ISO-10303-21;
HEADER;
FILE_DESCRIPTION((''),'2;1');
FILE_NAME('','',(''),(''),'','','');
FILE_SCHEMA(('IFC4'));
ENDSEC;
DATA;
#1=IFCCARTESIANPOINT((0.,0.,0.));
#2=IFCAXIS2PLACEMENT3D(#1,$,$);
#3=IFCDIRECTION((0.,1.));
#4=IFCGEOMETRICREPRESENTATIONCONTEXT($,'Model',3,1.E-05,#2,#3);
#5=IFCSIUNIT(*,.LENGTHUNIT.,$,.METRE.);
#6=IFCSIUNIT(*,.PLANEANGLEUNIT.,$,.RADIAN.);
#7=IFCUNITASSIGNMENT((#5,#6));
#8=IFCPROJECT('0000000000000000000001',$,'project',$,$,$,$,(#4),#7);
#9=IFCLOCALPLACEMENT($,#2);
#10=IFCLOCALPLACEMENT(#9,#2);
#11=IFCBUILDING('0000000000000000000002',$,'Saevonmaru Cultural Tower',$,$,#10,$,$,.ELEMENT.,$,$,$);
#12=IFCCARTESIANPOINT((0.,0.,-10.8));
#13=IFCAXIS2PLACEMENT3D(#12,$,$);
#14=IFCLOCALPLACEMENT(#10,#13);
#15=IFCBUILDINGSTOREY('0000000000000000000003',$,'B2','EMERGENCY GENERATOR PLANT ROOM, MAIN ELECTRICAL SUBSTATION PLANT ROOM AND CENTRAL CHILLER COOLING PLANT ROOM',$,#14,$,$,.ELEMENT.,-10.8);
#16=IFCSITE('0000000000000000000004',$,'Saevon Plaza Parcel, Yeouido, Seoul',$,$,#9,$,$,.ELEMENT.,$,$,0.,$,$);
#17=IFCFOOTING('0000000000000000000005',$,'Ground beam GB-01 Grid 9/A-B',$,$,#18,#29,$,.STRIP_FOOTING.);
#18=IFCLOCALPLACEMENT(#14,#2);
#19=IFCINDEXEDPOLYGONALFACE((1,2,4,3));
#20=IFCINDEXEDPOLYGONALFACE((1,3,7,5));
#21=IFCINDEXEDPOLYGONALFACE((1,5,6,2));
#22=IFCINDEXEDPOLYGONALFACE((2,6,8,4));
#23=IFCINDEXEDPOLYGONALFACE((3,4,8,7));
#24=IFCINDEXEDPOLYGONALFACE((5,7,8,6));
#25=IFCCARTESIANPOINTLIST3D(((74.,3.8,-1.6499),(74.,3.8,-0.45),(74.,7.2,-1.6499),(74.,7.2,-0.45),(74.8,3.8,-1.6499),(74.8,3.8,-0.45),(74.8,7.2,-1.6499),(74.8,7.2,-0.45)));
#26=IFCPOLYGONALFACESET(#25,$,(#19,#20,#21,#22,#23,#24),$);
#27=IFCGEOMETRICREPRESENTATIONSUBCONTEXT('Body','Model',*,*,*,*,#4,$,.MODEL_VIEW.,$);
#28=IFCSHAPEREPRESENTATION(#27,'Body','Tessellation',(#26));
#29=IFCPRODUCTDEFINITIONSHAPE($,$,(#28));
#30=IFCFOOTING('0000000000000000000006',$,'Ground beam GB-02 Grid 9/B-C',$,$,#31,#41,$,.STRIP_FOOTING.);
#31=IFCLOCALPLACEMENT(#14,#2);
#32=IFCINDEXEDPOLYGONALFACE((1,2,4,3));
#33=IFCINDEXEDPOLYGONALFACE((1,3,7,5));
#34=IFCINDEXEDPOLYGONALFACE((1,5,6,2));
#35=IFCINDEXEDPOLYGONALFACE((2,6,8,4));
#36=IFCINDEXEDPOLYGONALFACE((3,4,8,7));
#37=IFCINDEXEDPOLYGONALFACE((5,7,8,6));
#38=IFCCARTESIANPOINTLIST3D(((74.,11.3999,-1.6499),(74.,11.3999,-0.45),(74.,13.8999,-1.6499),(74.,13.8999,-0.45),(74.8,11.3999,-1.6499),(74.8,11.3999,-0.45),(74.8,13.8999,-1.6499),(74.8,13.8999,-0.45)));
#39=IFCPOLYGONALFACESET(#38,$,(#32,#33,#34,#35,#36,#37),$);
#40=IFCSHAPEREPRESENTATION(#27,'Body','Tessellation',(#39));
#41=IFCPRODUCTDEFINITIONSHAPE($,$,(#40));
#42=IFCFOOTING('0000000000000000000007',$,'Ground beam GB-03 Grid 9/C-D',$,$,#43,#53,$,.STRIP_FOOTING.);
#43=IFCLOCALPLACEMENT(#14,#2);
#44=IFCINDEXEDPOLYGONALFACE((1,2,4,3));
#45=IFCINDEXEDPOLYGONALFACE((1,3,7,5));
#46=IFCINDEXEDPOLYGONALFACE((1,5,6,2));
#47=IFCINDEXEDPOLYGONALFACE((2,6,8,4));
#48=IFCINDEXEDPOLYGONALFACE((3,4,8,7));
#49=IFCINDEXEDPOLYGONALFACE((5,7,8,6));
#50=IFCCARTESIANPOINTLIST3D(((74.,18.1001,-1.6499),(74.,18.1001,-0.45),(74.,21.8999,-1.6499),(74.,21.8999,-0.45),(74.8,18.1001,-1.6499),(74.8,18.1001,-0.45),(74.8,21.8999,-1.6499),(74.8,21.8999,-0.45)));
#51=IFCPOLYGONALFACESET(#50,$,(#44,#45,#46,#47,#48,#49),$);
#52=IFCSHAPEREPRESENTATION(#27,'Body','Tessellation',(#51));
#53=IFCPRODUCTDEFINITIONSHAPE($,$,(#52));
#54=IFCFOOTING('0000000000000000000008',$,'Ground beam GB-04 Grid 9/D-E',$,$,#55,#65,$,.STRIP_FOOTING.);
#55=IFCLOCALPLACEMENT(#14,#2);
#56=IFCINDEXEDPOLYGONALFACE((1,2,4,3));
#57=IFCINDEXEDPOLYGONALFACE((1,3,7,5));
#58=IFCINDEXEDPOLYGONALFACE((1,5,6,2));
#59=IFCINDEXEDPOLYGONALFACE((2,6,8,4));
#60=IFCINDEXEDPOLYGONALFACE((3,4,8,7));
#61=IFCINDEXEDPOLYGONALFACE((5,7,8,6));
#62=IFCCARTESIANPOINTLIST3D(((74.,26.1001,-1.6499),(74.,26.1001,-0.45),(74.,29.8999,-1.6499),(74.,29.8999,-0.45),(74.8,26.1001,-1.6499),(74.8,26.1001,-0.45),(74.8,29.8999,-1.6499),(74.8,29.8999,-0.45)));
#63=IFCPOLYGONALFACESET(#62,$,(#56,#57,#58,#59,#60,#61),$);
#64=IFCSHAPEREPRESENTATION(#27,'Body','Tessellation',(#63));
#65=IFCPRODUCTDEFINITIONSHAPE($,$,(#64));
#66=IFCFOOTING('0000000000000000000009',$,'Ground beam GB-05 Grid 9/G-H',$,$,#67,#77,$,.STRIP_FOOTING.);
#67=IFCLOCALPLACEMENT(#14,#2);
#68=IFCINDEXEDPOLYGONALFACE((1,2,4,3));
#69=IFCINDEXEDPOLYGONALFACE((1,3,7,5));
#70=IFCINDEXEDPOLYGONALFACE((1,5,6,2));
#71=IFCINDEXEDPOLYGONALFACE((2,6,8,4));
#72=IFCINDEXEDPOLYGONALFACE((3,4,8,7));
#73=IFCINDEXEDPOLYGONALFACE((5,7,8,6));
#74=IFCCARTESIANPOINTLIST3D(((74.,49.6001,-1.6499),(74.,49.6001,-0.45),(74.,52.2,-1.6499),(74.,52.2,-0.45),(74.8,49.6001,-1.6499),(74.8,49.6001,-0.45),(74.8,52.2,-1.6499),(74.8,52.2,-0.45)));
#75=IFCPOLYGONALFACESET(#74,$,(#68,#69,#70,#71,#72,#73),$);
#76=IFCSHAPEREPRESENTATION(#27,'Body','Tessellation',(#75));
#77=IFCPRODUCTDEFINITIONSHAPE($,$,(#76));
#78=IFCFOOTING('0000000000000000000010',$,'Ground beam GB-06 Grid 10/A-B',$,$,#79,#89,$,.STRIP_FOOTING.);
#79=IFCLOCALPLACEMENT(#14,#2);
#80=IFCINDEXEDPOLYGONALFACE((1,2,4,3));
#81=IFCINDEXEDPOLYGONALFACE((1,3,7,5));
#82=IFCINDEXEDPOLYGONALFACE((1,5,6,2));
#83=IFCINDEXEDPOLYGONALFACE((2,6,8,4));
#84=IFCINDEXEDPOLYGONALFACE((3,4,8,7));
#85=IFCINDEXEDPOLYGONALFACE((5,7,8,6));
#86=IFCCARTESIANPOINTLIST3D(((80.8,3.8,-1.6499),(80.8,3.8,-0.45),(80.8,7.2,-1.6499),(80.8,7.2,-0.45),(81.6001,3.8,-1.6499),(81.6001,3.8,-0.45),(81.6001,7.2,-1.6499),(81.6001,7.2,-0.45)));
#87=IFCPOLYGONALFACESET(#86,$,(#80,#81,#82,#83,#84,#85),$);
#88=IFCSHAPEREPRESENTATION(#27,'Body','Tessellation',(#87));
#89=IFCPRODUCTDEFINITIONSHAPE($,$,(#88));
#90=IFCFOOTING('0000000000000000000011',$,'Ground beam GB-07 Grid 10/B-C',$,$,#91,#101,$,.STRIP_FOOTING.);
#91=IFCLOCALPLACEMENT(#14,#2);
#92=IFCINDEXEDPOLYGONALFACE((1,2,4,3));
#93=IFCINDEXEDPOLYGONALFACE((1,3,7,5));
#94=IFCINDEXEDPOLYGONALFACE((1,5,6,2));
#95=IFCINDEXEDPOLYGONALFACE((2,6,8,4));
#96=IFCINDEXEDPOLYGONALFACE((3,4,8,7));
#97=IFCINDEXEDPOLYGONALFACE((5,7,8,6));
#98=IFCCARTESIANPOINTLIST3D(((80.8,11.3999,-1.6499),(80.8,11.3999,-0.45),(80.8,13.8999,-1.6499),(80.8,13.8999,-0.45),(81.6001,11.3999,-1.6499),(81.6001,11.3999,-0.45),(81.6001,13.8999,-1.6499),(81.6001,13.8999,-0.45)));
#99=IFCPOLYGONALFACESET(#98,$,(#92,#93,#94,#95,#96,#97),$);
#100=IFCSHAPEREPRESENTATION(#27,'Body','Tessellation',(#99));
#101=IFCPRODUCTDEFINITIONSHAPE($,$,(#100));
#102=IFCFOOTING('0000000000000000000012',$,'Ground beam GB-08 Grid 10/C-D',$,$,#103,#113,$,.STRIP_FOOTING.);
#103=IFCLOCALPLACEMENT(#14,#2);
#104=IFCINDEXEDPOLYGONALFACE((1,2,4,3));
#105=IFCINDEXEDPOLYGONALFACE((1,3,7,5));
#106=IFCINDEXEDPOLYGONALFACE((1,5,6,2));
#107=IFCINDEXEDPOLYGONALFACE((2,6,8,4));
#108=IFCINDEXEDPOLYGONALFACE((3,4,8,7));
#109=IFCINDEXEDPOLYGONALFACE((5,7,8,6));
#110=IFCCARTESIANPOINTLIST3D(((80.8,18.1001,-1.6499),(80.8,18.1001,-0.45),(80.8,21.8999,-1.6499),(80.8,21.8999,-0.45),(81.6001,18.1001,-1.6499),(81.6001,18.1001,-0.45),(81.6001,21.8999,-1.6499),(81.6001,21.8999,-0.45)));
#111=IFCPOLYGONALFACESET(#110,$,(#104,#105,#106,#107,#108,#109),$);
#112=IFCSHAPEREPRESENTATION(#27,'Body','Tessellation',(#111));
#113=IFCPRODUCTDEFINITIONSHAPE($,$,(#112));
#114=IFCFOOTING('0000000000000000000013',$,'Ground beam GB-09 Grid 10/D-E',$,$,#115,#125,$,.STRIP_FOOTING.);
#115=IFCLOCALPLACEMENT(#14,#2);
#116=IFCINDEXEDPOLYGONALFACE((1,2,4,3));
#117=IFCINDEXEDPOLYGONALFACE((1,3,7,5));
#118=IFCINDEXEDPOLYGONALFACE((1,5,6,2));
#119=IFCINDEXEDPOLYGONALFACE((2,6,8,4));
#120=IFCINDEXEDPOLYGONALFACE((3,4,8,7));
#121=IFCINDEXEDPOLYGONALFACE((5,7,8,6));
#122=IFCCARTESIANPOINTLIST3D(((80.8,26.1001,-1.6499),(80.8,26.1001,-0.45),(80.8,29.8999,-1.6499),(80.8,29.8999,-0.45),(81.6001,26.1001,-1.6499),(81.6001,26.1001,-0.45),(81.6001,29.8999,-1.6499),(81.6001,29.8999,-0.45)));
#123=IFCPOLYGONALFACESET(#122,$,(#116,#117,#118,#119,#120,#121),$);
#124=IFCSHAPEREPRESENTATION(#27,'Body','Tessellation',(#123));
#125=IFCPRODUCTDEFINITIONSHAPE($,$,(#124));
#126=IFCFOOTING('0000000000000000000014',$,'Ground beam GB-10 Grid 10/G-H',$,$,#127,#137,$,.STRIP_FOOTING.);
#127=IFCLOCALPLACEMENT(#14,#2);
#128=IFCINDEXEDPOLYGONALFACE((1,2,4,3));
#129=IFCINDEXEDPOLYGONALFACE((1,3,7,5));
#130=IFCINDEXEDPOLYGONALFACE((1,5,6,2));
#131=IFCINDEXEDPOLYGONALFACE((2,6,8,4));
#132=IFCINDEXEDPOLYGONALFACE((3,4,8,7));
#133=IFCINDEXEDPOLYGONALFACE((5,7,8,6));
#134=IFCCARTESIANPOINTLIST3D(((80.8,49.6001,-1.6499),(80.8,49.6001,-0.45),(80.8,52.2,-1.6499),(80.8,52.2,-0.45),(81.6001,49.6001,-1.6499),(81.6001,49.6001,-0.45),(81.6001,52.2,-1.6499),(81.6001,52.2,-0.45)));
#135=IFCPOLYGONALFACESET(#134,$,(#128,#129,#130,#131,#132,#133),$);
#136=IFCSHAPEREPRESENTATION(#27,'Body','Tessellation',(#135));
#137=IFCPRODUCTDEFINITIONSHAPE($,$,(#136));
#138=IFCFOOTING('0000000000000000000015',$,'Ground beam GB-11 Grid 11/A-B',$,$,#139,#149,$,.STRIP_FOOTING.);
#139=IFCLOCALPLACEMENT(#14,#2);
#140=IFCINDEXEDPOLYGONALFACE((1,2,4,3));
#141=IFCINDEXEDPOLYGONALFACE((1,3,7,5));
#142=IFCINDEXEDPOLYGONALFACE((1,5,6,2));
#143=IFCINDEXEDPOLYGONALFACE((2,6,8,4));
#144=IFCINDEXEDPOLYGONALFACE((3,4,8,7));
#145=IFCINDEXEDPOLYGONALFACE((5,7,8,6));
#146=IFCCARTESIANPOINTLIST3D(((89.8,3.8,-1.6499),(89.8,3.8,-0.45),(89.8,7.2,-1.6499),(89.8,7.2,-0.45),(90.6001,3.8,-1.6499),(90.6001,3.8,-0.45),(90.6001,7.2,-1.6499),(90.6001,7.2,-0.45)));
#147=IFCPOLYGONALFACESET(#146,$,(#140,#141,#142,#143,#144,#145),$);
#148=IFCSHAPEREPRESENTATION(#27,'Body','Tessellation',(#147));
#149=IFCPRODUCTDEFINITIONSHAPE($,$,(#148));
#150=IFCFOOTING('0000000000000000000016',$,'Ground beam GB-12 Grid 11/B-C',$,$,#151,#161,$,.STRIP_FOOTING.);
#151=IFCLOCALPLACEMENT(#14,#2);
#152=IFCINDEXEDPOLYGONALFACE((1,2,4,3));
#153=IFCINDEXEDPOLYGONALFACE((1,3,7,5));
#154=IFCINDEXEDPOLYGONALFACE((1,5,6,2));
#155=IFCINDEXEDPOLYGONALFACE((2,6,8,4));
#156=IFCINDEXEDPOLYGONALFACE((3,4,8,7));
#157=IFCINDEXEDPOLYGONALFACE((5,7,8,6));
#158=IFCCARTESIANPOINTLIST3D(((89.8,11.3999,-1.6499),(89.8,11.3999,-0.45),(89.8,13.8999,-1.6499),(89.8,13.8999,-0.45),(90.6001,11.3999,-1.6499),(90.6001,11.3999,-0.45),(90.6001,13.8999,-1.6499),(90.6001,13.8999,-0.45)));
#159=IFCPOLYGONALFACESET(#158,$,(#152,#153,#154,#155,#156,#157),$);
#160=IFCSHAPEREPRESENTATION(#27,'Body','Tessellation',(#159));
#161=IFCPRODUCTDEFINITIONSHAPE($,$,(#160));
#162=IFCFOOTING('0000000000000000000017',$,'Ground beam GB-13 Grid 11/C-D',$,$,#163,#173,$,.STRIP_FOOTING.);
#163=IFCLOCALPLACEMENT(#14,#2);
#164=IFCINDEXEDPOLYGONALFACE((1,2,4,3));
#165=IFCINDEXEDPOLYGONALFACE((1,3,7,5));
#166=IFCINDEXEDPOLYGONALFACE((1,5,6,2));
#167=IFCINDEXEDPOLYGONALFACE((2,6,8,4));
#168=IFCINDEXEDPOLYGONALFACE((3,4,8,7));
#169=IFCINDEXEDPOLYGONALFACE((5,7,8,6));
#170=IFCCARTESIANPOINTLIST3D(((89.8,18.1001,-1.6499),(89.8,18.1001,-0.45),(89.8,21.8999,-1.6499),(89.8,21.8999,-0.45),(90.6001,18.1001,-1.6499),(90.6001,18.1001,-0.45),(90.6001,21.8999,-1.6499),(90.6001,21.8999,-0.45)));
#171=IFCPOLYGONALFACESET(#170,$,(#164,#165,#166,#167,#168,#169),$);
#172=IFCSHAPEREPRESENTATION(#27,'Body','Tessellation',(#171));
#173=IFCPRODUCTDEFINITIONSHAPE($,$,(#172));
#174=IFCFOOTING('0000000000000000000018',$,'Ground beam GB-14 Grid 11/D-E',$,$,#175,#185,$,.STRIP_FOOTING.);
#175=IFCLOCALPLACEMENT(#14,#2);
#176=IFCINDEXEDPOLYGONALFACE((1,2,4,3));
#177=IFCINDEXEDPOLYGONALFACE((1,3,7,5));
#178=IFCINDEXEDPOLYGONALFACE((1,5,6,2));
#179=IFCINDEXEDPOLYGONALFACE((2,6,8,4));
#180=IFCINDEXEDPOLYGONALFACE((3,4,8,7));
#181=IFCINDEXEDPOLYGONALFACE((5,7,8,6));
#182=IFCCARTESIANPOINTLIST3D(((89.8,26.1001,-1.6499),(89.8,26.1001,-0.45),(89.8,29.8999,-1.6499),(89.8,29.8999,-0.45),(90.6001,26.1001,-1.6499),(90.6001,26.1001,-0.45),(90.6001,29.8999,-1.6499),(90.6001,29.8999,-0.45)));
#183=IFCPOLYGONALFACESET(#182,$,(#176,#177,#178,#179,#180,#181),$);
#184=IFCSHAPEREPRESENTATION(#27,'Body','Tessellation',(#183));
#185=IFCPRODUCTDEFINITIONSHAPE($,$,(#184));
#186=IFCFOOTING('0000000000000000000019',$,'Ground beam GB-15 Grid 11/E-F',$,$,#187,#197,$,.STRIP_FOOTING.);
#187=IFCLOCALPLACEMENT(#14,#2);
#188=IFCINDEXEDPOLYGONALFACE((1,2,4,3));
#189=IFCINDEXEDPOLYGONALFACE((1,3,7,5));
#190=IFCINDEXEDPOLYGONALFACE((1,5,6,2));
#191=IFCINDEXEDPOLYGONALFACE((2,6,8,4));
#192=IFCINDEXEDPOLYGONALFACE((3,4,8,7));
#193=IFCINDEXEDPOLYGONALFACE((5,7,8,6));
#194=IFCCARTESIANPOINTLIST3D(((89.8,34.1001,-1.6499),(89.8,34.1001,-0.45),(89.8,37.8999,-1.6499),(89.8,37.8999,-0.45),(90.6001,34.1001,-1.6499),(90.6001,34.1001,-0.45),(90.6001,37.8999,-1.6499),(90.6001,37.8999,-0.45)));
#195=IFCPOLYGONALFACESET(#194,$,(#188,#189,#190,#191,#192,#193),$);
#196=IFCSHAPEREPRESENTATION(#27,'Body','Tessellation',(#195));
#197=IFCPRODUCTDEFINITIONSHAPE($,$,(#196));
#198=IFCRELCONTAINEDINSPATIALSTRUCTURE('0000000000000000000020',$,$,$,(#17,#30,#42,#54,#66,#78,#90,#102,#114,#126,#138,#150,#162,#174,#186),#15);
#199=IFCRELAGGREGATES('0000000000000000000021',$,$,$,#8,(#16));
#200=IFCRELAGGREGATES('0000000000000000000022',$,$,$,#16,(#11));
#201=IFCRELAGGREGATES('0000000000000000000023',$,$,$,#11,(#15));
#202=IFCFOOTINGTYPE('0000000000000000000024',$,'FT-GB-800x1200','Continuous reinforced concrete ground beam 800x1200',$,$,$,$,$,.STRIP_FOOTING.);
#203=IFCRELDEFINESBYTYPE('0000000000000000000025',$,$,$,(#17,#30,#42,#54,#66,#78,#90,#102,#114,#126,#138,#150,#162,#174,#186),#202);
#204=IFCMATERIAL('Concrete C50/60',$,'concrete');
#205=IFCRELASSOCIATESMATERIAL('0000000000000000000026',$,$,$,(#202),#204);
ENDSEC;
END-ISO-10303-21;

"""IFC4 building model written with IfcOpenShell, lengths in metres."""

from ifc_helpers import new_model, si_unit, direction, frame, origin, place, context, subcontext, project, spatial, polyline, outline, extrude, material, type_object, element, save


model = new_model("IFC4")

# Units and contexts
model_context = context("Model", 3, precision=1e-05, world=origin(), true_north=direction((0.0, 1.0)))
body_context = subcontext(model_context, "Body", "Model", "MODEL_VIEW")
ifc_project = project(units=[si_unit("LENGTHUNIT", "METRE"), si_unit("PLANEANGLEUNIT", "RADIAN")], contexts=[model_context])

# Site, building, storey
site_placement = place(None, origin())
site = spatial("IfcSite", under=ifc_project, at=site_placement, Name="Saevon Plaza Parcel, Yeouido, Seoul", CompositionType="ELEMENT", RefElevation=0.0)
building_placement = place(site_placement, origin())
building = spatial("IfcBuilding", under=site, at=building_placement, Name="Saevonmaru Cultural Tower", CompositionType="ELEMENT")
storey_placement = place(building_placement, frame((0.0, 0.0, -10.8)))
storey = spatial("IfcBuildingStorey", under=building, at=storey_placement, Name="B2", Description="EMERGENCY GENERATOR PLANT ROOM, MAIN ELECTRICAL SUBSTATION PLANT ROOM AND CENTRAL CHILLER COOLING PLANT ROOM", CompositionType="ELEMENT", Elevation=-10.8)

# Footings
ifc_material = material(Name="Concrete C50/60", Category="concrete")
footing_type_1 = type_object("IfcFootingType", Name="FT-GB-800x1200", Description="Continuous reinforced concrete ground beam 800x1200", PredefinedType="STRIP_FOOTING", material=ifc_material)
footing_1_placement = place(storey_placement, frame((0.0, 0.0, -1.6499)))
element("IfcFooting", 1, at=footing_1_placement, inside=storey, type_object=footing_type_1, Name="Ground beam GB-01 Grid 9/A-B", PredefinedType="STRIP_FOOTING", context=body_context, shape_type="SweptSolid", body=[
    extrude(outline(polyline([(74.0, 3.8), (74.8, 3.8), (74.8, 7.2), (74.0, 7.2), (74.0, 3.8)])), origin(), (0.0, 0.0, 1.0), 1.2),
])
footing_2_placement = place(storey_placement, frame((0.0, 0.0, -1.6499)))
element("IfcFooting", 2, at=footing_2_placement, inside=storey, type_object=footing_type_1, Name="Ground beam GB-02 Grid 9/B-C", PredefinedType="STRIP_FOOTING", context=body_context, shape_type="SweptSolid", body=[
    extrude(outline(polyline([(74.0, 11.3999), (74.8, 11.3999), (74.8, 13.8999), (74.0, 13.8999), (74.0, 11.3999)])), origin(), (0.0, 0.0, 1.0), 1.2),
])
footing_3_placement = place(storey_placement, frame((0.0, 0.0, -1.6499)))
element("IfcFooting", 3, at=footing_3_placement, inside=storey, type_object=footing_type_1, Name="Ground beam GB-03 Grid 9/C-D", PredefinedType="STRIP_FOOTING", context=body_context, shape_type="SweptSolid", body=[
    extrude(outline(polyline([(74.0, 18.1001), (74.8, 18.1001), (74.8, 21.8999), (74.0, 21.8999), (74.0, 18.1001)])), origin(), (0.0, 0.0, 1.0), 1.2),
])
footing_4_placement = place(storey_placement, frame((0.0, 0.0, -1.6499)))
element("IfcFooting", 4, at=footing_4_placement, inside=storey, type_object=footing_type_1, Name="Ground beam GB-04 Grid 9/D-E", PredefinedType="STRIP_FOOTING", context=body_context, shape_type="SweptSolid", body=[
    extrude(outline(polyline([(74.0, 26.1001), (74.8, 26.1001), (74.8, 29.8999), (74.0, 29.8999), (74.0, 26.1001)])), origin(), (0.0, 0.0, 1.0), 1.2),
])
footing_5_placement = place(storey_placement, frame((0.0, 0.0, -1.6499)))
element("IfcFooting", 5, at=footing_5_placement, inside=storey, type_object=footing_type_1, Name="Ground beam GB-05 Grid 9/G-H", PredefinedType="STRIP_FOOTING", context=body_context, shape_type="SweptSolid", body=[
    extrude(outline(polyline([(74.0, 49.6001), (74.8, 49.6001), (74.8, 52.2), (74.0, 52.2), (74.0, 49.6001)])), origin(), (0.0, 0.0, 1.0), 1.2),
])
footing_6_placement = place(storey_placement, frame((0.0, 0.0, -1.6499)))
element("IfcFooting", 6, at=footing_6_placement, inside=storey, type_object=footing_type_1, Name="Ground beam GB-06 Grid 10/A-B", PredefinedType="STRIP_FOOTING", context=body_context, shape_type="SweptSolid", body=[
    extrude(outline(polyline([(80.8, 3.8), (81.6001, 3.8), (81.6001, 7.2), (80.8, 7.2), (80.8, 3.8)])), origin(), (0.0, 0.0, 1.0), 1.2),
])
footing_7_placement = place(storey_placement, frame((0.0, 0.0, -1.6499)))
element("IfcFooting", 7, at=footing_7_placement, inside=storey, type_object=footing_type_1, Name="Ground beam GB-07 Grid 10/B-C", PredefinedType="STRIP_FOOTING", context=body_context, shape_type="SweptSolid", body=[
    extrude(outline(polyline([(80.8, 11.3999), (81.6001, 11.3999), (81.6001, 13.8999), (80.8, 13.8999), (80.8, 11.3999)])), origin(), (0.0, 0.0, 1.0), 1.2),
])
footing_8_placement = place(storey_placement, frame((0.0, 0.0, -1.6499)))
element("IfcFooting", 8, at=footing_8_placement, inside=storey, type_object=footing_type_1, Name="Ground beam GB-08 Grid 10/C-D", PredefinedType="STRIP_FOOTING", context=body_context, shape_type="SweptSolid", body=[
    extrude(outline(polyline([(80.8, 18.1001), (81.6001, 18.1001), (81.6001, 21.8999), (80.8, 21.8999), (80.8, 18.1001)])), origin(), (0.0, 0.0, 1.0), 1.2),
])
footing_9_placement = place(storey_placement, frame((0.0, 0.0, -1.6499)))
element("IfcFooting", 9, at=footing_9_placement, inside=storey, type_object=footing_type_1, Name="Ground beam GB-09 Grid 10/D-E", PredefinedType="STRIP_FOOTING", context=body_context, shape_type="SweptSolid", body=[
    extrude(outline(polyline([(80.8, 26.1001), (81.6001, 26.1001), (81.6001, 29.8999), (80.8, 29.8999), (80.8, 26.1001)])), origin(), (0.0, 0.0, 1.0), 1.2),
])
footing_10_placement = place(storey_placement, frame((0.0, 0.0, -1.6499)))
element("IfcFooting", 10, at=footing_10_placement, inside=storey, type_object=footing_type_1, Name="Ground beam GB-10 Grid 10/G-H", PredefinedType="STRIP_FOOTING", context=body_context, shape_type="SweptSolid", body=[
    extrude(outline(polyline([(80.8, 49.6001), (81.6001, 49.6001), (81.6001, 52.2), (80.8, 52.2), (80.8, 49.6001)])), origin(), (0.0, 0.0, 1.0), 1.2),
])
footing_11_placement = place(storey_placement, frame((0.0, 0.0, -1.6499)))
element("IfcFooting", 11, at=footing_11_placement, inside=storey, type_object=footing_type_1, Name="Ground beam GB-11 Grid 11/A-B", PredefinedType="STRIP_FOOTING", context=body_context, shape_type="SweptSolid", body=[
    extrude(outline(polyline([(89.8, 3.8), (90.6001, 3.8), (90.6001, 7.2), (89.8, 7.2), (89.8, 3.8)])), origin(), (0.0, 0.0, 1.0), 1.2),
])
footing_12_placement = place(storey_placement, frame((0.0, 0.0, -1.6499)))
element("IfcFooting", 12, at=footing_12_placement, inside=storey, type_object=footing_type_1, Name="Ground beam GB-12 Grid 11/B-C", PredefinedType="STRIP_FOOTING", context=body_context, shape_type="SweptSolid", body=[
    extrude(outline(polyline([(89.8, 11.3999), (90.6001, 11.3999), (90.6001, 13.8999), (89.8, 13.8999), (89.8, 11.3999)])), origin(), (0.0, 0.0, 1.0), 1.2),
])
footing_13_placement = place(storey_placement, frame((0.0, 0.0, -1.6499)))
element("IfcFooting", 13, at=footing_13_placement, inside=storey, type_object=footing_type_1, Name="Ground beam GB-13 Grid 11/C-D", PredefinedType="STRIP_FOOTING", context=body_context, shape_type="SweptSolid", body=[
    extrude(outline(polyline([(89.8, 18.1001), (90.6001, 18.1001), (90.6001, 21.8999), (89.8, 21.8999), (89.8, 18.1001)])), origin(), (0.0, 0.0, 1.0), 1.2),
])
footing_14_placement = place(storey_placement, frame((0.0, 0.0, -1.6499)))
element("IfcFooting", 14, at=footing_14_placement, inside=storey, type_object=footing_type_1, Name="Ground beam GB-14 Grid 11/D-E", PredefinedType="STRIP_FOOTING", context=body_context, shape_type="SweptSolid", body=[
    extrude(outline(polyline([(89.8, 26.1001), (90.6001, 26.1001), (90.6001, 29.8999), (89.8, 29.8999), (89.8, 26.1001)])), origin(), (0.0, 0.0, 1.0), 1.2),
])
footing_15_placement = place(storey_placement, frame((0.0, 0.0, -1.6499)))
element("IfcFooting", 15, at=footing_15_placement, inside=storey, type_object=footing_type_1, Name="Ground beam GB-15 Grid 11/E-F", PredefinedType="STRIP_FOOTING", context=body_context, shape_type="SweptSolid", body=[
    extrude(outline(polyline([(89.8, 34.1001), (90.6001, 34.1001), (90.6001, 37.8999), (89.8, 37.8999), (89.8, 34.1001)])), origin(), (0.0, 0.0, 1.0), 1.2),
])

save(model, "model.ifc")
